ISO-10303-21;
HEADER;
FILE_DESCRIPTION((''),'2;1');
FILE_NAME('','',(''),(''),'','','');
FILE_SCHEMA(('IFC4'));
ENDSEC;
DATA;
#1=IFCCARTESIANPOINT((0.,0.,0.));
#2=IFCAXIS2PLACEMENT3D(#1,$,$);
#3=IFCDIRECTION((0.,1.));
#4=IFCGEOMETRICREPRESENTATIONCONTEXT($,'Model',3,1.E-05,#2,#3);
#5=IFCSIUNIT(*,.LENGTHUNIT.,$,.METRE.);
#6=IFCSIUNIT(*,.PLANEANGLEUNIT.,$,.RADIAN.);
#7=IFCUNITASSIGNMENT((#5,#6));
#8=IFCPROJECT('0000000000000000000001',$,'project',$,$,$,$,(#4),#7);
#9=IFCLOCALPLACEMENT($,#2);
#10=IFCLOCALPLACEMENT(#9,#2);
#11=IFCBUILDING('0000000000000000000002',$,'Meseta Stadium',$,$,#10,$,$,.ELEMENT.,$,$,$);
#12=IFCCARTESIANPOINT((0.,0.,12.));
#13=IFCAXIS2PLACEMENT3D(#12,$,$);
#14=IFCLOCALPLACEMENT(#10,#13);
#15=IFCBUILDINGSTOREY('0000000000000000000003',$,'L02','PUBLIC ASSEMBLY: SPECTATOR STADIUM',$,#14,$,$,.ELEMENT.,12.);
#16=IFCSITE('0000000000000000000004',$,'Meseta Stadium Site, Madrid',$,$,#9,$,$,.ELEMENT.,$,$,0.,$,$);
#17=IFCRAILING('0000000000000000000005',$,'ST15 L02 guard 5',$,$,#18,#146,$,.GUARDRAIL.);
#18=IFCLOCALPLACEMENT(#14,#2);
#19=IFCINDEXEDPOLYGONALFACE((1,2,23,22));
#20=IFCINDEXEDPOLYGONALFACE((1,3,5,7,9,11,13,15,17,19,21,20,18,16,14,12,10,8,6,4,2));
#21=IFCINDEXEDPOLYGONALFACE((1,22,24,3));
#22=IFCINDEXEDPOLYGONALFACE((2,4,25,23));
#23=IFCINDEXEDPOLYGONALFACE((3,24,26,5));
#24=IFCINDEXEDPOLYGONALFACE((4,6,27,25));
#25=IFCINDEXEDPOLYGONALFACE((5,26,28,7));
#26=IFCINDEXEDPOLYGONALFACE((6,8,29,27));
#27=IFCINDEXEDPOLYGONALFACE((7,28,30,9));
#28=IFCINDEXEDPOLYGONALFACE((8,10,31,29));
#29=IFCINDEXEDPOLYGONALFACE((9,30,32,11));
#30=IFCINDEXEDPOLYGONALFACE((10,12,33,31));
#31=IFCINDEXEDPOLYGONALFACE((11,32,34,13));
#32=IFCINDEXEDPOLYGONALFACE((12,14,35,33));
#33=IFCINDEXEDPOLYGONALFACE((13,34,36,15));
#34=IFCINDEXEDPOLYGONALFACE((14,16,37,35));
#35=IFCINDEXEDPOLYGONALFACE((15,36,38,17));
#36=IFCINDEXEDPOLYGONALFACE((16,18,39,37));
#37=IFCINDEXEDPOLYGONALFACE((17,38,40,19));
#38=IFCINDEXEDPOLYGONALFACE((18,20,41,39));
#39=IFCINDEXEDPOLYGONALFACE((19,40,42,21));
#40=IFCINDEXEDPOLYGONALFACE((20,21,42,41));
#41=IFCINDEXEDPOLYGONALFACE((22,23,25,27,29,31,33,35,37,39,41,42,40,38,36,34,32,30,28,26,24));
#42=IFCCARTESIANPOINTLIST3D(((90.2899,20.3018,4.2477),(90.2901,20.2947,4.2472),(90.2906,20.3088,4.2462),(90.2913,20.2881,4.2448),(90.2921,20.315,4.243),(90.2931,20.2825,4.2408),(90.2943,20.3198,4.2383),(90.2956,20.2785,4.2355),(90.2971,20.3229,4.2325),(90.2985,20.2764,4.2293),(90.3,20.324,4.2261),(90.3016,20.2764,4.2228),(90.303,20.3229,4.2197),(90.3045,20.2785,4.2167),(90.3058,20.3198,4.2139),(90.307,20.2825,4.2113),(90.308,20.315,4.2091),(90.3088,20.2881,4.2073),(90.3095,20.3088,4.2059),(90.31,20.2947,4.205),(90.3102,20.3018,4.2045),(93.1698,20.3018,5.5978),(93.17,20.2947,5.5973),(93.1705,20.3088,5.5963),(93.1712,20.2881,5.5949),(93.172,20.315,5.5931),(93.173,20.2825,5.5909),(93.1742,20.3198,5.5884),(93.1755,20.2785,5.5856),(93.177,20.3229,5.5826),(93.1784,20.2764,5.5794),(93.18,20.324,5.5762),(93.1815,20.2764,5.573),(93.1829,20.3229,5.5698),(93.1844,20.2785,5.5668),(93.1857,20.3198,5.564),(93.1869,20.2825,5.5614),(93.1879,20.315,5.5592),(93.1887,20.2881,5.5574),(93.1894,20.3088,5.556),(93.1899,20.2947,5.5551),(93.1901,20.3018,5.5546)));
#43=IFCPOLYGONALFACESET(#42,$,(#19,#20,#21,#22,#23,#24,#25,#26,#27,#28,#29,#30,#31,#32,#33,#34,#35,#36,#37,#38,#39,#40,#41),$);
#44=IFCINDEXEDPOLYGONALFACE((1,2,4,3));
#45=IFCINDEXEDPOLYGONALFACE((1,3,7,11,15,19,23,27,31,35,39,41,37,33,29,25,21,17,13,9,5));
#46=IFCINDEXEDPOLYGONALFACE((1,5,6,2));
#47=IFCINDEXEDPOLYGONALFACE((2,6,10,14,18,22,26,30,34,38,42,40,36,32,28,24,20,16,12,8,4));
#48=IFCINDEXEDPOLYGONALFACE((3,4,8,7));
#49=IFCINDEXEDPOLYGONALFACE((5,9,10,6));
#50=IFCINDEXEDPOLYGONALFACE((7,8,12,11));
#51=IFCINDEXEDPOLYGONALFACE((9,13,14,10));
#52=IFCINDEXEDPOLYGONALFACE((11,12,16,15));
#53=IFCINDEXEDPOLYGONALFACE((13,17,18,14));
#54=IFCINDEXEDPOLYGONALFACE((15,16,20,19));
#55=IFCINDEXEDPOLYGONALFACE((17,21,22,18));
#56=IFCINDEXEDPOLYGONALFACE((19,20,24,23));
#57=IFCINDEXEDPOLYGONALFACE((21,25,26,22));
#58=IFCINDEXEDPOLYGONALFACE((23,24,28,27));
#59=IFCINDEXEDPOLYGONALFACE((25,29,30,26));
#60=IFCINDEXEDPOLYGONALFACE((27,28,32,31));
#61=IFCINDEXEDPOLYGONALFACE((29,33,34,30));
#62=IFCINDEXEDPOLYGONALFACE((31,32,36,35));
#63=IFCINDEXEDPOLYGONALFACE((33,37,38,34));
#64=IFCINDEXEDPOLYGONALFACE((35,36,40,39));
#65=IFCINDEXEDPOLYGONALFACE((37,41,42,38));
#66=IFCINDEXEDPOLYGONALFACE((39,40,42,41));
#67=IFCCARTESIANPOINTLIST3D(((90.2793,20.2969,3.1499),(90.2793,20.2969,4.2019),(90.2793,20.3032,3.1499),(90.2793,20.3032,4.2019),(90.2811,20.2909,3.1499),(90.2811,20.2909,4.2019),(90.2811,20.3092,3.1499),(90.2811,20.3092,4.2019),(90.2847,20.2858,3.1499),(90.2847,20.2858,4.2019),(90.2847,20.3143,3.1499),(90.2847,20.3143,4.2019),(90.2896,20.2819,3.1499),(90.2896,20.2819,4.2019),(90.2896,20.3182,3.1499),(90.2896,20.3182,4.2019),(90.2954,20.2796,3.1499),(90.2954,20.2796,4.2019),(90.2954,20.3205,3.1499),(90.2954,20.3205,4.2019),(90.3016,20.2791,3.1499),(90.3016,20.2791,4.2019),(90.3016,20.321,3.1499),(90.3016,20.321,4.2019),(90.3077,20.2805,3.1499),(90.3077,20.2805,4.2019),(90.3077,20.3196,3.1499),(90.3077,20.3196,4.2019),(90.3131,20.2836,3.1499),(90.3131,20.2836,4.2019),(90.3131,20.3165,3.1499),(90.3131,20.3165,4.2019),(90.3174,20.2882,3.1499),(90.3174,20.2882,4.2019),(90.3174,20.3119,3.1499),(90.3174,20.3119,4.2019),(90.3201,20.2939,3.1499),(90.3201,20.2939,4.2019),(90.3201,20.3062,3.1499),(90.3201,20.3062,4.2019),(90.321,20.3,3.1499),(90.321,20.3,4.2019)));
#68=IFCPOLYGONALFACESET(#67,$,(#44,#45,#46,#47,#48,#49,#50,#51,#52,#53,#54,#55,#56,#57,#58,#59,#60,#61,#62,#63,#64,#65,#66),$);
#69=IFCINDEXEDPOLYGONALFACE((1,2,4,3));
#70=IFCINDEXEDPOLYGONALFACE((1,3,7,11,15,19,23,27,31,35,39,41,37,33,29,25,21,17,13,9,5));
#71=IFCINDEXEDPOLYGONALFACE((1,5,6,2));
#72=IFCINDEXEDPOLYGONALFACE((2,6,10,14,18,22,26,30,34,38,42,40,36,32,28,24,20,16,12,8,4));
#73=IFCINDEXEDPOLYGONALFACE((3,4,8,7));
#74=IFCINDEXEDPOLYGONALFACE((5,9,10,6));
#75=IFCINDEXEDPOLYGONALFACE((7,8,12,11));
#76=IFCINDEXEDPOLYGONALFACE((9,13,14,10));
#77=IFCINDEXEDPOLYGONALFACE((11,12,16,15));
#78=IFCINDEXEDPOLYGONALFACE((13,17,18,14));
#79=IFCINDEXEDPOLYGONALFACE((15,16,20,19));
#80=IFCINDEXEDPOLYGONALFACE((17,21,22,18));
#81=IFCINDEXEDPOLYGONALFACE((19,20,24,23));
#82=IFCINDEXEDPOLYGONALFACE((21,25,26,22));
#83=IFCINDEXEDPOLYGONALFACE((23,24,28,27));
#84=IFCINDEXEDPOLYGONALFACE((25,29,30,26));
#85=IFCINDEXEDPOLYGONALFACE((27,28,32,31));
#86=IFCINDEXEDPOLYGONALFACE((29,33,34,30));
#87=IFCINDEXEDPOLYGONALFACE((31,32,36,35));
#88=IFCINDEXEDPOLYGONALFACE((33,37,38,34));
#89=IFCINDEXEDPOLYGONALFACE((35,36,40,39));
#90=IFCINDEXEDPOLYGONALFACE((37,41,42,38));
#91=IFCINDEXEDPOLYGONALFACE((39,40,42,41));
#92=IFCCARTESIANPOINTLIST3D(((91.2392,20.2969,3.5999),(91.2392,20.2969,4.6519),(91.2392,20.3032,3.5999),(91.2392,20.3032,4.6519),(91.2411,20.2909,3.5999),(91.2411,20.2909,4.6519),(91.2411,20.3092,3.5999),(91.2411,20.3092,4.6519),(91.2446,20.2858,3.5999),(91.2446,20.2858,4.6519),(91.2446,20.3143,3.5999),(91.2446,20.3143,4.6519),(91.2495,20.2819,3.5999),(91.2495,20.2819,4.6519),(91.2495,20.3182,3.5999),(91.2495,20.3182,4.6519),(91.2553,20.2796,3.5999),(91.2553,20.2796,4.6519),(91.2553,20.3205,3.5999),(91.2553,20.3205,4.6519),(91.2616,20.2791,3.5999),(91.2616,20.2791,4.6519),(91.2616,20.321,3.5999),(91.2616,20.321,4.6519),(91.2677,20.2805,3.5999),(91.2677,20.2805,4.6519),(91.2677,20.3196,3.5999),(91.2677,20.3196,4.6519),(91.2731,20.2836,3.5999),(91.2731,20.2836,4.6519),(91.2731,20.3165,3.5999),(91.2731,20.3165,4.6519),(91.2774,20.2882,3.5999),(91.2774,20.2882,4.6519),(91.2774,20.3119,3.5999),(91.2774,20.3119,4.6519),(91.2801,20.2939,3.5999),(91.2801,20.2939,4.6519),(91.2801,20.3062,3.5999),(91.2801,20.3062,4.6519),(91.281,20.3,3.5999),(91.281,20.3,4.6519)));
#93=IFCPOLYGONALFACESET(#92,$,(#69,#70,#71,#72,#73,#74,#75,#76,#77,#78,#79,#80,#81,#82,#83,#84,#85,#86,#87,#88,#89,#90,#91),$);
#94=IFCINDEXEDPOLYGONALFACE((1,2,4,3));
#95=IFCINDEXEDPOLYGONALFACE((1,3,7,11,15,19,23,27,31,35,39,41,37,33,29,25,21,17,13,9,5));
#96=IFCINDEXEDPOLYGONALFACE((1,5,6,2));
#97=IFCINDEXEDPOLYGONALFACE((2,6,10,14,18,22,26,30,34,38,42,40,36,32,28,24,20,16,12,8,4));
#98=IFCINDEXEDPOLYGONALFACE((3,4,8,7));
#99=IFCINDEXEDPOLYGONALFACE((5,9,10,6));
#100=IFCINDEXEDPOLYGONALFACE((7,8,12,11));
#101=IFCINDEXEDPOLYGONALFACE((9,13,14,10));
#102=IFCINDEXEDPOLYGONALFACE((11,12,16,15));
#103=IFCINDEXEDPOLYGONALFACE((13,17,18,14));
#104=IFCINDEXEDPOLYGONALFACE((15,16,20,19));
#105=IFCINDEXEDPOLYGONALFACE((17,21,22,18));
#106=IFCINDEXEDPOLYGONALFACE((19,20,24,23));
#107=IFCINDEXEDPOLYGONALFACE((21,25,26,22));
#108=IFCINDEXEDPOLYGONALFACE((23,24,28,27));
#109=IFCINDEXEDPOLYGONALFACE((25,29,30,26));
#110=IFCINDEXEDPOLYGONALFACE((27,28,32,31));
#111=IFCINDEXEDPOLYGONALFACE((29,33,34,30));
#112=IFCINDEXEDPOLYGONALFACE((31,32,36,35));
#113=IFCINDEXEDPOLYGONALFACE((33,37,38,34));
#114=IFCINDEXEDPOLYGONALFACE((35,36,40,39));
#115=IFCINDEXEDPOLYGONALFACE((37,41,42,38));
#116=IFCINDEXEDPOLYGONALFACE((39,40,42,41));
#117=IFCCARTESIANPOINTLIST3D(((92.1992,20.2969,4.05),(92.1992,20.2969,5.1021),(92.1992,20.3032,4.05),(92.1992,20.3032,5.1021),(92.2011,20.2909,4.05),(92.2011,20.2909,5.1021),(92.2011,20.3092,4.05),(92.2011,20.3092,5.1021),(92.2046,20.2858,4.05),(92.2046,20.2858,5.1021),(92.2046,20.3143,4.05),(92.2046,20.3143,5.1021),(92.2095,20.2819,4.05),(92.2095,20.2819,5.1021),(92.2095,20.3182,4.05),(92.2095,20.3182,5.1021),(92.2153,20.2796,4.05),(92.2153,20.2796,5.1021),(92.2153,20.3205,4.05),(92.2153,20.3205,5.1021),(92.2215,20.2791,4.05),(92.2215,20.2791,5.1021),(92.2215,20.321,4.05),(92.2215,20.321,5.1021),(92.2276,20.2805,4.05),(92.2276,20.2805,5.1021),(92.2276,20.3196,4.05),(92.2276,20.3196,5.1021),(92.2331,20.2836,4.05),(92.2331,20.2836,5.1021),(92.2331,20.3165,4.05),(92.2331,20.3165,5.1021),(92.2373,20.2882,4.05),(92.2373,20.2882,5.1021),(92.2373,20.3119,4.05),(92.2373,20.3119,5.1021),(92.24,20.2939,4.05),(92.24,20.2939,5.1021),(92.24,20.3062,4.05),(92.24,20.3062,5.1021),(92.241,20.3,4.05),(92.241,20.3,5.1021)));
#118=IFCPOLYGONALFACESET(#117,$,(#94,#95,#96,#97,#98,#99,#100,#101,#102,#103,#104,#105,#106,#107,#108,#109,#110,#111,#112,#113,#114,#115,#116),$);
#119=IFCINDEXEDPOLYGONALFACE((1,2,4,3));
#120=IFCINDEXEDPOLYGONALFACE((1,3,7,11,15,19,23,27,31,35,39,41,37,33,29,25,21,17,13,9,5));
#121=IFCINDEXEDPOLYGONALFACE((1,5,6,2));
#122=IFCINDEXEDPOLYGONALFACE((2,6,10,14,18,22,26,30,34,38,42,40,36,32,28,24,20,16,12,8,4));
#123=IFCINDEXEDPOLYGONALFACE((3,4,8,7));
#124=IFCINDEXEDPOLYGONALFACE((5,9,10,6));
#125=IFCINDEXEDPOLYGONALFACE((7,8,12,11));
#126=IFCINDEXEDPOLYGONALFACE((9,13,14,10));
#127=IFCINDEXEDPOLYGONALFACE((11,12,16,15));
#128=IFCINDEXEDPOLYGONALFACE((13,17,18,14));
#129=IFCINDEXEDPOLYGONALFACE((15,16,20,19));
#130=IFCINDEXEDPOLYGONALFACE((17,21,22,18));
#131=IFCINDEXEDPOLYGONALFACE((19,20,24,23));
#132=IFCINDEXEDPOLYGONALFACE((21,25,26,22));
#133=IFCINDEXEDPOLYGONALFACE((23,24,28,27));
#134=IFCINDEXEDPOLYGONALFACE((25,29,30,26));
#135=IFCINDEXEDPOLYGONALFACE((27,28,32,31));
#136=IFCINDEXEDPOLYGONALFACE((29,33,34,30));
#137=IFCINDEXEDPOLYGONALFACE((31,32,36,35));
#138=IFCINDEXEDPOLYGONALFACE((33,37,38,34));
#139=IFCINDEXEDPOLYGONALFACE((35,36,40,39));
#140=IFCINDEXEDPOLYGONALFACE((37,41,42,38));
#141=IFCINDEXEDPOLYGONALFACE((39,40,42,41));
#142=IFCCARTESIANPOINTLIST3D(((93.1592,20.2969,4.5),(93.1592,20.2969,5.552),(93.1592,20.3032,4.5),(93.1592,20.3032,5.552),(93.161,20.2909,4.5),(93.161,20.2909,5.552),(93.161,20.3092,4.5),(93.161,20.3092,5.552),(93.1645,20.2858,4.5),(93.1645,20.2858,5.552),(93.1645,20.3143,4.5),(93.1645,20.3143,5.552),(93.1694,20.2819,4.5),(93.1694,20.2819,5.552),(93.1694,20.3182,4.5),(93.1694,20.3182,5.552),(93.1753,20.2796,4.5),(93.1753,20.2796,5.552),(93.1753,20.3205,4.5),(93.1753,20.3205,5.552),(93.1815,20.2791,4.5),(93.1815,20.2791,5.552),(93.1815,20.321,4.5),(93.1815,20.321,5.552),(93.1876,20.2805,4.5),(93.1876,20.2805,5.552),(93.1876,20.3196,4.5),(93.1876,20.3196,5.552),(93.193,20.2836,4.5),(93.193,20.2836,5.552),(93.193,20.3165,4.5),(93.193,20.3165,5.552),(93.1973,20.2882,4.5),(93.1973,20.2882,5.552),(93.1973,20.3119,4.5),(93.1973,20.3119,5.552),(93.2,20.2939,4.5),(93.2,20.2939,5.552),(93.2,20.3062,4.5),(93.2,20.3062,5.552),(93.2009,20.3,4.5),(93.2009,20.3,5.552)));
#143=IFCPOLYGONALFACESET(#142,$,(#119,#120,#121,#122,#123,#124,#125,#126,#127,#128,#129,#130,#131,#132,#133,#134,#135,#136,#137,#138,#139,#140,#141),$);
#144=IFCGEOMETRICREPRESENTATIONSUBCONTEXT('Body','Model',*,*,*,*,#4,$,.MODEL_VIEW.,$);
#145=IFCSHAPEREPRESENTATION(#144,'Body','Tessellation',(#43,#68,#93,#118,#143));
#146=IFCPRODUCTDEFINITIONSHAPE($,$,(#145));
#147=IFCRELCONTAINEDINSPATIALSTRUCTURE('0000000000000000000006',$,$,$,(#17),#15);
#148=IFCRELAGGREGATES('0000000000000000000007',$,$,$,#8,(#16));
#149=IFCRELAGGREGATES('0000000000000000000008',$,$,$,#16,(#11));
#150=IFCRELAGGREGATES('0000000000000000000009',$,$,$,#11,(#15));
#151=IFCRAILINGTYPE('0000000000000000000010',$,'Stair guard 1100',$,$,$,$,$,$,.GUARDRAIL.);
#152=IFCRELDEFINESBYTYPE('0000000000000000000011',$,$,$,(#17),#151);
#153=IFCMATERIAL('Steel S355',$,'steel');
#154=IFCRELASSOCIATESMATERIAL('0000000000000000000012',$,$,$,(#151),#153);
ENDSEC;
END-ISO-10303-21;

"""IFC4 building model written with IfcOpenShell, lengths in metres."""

from ifc_helpers import new_model, si_unit, direction, frame, origin, origin_2d, place, context, subcontext, project, spatial, circle, extrude, material, type_object, element, save


model = new_model("IFC4")

# Units and contexts
model_context = context("Model", 3, precision=1e-05, world=origin(), true_north=direction((0.0, 1.0)))
body_context = subcontext(model_context, "Body", "Model", "MODEL_VIEW")
ifc_project = project(units=[si_unit("LENGTHUNIT", "METRE"), si_unit("PLANEANGLEUNIT", "RADIAN")], contexts=[model_context])

# Site, building, storey
site_placement = place(None, origin())
site = spatial("IfcSite", under=ifc_project, at=site_placement, Name="Meseta Stadium Site, Madrid", CompositionType="ELEMENT", RefElevation=0.0)
building_placement = place(site_placement, origin())
building = spatial("IfcBuilding", under=site, at=building_placement, Name="Meseta Stadium", CompositionType="ELEMENT")
storey_placement = place(building_placement, frame((0.0, 0.0, 12.0)))
storey = spatial("IfcBuildingStorey", under=building, at=storey_placement, Name="L02", Description="PUBLIC ASSEMBLY: SPECTATOR STADIUM", CompositionType="ELEMENT", Elevation=12.0)

# Railing
ifc_material_1 = material(Name="Steel S355", Category="steel")
railing_type_1 = type_object("IfcRailingType", Name="Stair guard 1100", PredefinedType="GUARDRAIL", material=ifc_material_1)
railing_1_placement = place(storey_placement, frame((90.3, 20.3, 3.1499)))
element("IfcRailing", 1, at=railing_1_placement, inside=storey, type_object=railing_type_1, Name="ST15 L02 guard 5", PredefinedType="GUARDRAIL", context=body_context, shape_type="SweptSolid", body=[
    extrude(circle(Radius=0.0239, at=origin_2d()), frame((0.0, 0.0, 1.0762), z_axis=(0.90544, 0.0, 0.424473), x_axis=(0.0, 1.0, 0.0)), (0.0, 0.0, 1.0), 3.1807),
    extrude(circle(Radius=0.021, at=origin_2d()), origin(), (0.0, 0.0, 1.0), 1.052),
    extrude(circle(Radius=0.021, at=origin_2d()), frame((0.96, 0.0, 0.45)), (0.0, 0.0, 1.0), 1.052),
    extrude(circle(Radius=0.021, at=origin_2d()), frame((1.9199, 0.0, 0.9001)), (0.0, 0.0, 1.0), 1.052),
    extrude(circle(Radius=0.021, at=origin_2d()), frame((2.8799, 0.0, 1.3501)), (0.0, 0.0, 1.0), 1.052),
])

save(model, "model.ifc")
